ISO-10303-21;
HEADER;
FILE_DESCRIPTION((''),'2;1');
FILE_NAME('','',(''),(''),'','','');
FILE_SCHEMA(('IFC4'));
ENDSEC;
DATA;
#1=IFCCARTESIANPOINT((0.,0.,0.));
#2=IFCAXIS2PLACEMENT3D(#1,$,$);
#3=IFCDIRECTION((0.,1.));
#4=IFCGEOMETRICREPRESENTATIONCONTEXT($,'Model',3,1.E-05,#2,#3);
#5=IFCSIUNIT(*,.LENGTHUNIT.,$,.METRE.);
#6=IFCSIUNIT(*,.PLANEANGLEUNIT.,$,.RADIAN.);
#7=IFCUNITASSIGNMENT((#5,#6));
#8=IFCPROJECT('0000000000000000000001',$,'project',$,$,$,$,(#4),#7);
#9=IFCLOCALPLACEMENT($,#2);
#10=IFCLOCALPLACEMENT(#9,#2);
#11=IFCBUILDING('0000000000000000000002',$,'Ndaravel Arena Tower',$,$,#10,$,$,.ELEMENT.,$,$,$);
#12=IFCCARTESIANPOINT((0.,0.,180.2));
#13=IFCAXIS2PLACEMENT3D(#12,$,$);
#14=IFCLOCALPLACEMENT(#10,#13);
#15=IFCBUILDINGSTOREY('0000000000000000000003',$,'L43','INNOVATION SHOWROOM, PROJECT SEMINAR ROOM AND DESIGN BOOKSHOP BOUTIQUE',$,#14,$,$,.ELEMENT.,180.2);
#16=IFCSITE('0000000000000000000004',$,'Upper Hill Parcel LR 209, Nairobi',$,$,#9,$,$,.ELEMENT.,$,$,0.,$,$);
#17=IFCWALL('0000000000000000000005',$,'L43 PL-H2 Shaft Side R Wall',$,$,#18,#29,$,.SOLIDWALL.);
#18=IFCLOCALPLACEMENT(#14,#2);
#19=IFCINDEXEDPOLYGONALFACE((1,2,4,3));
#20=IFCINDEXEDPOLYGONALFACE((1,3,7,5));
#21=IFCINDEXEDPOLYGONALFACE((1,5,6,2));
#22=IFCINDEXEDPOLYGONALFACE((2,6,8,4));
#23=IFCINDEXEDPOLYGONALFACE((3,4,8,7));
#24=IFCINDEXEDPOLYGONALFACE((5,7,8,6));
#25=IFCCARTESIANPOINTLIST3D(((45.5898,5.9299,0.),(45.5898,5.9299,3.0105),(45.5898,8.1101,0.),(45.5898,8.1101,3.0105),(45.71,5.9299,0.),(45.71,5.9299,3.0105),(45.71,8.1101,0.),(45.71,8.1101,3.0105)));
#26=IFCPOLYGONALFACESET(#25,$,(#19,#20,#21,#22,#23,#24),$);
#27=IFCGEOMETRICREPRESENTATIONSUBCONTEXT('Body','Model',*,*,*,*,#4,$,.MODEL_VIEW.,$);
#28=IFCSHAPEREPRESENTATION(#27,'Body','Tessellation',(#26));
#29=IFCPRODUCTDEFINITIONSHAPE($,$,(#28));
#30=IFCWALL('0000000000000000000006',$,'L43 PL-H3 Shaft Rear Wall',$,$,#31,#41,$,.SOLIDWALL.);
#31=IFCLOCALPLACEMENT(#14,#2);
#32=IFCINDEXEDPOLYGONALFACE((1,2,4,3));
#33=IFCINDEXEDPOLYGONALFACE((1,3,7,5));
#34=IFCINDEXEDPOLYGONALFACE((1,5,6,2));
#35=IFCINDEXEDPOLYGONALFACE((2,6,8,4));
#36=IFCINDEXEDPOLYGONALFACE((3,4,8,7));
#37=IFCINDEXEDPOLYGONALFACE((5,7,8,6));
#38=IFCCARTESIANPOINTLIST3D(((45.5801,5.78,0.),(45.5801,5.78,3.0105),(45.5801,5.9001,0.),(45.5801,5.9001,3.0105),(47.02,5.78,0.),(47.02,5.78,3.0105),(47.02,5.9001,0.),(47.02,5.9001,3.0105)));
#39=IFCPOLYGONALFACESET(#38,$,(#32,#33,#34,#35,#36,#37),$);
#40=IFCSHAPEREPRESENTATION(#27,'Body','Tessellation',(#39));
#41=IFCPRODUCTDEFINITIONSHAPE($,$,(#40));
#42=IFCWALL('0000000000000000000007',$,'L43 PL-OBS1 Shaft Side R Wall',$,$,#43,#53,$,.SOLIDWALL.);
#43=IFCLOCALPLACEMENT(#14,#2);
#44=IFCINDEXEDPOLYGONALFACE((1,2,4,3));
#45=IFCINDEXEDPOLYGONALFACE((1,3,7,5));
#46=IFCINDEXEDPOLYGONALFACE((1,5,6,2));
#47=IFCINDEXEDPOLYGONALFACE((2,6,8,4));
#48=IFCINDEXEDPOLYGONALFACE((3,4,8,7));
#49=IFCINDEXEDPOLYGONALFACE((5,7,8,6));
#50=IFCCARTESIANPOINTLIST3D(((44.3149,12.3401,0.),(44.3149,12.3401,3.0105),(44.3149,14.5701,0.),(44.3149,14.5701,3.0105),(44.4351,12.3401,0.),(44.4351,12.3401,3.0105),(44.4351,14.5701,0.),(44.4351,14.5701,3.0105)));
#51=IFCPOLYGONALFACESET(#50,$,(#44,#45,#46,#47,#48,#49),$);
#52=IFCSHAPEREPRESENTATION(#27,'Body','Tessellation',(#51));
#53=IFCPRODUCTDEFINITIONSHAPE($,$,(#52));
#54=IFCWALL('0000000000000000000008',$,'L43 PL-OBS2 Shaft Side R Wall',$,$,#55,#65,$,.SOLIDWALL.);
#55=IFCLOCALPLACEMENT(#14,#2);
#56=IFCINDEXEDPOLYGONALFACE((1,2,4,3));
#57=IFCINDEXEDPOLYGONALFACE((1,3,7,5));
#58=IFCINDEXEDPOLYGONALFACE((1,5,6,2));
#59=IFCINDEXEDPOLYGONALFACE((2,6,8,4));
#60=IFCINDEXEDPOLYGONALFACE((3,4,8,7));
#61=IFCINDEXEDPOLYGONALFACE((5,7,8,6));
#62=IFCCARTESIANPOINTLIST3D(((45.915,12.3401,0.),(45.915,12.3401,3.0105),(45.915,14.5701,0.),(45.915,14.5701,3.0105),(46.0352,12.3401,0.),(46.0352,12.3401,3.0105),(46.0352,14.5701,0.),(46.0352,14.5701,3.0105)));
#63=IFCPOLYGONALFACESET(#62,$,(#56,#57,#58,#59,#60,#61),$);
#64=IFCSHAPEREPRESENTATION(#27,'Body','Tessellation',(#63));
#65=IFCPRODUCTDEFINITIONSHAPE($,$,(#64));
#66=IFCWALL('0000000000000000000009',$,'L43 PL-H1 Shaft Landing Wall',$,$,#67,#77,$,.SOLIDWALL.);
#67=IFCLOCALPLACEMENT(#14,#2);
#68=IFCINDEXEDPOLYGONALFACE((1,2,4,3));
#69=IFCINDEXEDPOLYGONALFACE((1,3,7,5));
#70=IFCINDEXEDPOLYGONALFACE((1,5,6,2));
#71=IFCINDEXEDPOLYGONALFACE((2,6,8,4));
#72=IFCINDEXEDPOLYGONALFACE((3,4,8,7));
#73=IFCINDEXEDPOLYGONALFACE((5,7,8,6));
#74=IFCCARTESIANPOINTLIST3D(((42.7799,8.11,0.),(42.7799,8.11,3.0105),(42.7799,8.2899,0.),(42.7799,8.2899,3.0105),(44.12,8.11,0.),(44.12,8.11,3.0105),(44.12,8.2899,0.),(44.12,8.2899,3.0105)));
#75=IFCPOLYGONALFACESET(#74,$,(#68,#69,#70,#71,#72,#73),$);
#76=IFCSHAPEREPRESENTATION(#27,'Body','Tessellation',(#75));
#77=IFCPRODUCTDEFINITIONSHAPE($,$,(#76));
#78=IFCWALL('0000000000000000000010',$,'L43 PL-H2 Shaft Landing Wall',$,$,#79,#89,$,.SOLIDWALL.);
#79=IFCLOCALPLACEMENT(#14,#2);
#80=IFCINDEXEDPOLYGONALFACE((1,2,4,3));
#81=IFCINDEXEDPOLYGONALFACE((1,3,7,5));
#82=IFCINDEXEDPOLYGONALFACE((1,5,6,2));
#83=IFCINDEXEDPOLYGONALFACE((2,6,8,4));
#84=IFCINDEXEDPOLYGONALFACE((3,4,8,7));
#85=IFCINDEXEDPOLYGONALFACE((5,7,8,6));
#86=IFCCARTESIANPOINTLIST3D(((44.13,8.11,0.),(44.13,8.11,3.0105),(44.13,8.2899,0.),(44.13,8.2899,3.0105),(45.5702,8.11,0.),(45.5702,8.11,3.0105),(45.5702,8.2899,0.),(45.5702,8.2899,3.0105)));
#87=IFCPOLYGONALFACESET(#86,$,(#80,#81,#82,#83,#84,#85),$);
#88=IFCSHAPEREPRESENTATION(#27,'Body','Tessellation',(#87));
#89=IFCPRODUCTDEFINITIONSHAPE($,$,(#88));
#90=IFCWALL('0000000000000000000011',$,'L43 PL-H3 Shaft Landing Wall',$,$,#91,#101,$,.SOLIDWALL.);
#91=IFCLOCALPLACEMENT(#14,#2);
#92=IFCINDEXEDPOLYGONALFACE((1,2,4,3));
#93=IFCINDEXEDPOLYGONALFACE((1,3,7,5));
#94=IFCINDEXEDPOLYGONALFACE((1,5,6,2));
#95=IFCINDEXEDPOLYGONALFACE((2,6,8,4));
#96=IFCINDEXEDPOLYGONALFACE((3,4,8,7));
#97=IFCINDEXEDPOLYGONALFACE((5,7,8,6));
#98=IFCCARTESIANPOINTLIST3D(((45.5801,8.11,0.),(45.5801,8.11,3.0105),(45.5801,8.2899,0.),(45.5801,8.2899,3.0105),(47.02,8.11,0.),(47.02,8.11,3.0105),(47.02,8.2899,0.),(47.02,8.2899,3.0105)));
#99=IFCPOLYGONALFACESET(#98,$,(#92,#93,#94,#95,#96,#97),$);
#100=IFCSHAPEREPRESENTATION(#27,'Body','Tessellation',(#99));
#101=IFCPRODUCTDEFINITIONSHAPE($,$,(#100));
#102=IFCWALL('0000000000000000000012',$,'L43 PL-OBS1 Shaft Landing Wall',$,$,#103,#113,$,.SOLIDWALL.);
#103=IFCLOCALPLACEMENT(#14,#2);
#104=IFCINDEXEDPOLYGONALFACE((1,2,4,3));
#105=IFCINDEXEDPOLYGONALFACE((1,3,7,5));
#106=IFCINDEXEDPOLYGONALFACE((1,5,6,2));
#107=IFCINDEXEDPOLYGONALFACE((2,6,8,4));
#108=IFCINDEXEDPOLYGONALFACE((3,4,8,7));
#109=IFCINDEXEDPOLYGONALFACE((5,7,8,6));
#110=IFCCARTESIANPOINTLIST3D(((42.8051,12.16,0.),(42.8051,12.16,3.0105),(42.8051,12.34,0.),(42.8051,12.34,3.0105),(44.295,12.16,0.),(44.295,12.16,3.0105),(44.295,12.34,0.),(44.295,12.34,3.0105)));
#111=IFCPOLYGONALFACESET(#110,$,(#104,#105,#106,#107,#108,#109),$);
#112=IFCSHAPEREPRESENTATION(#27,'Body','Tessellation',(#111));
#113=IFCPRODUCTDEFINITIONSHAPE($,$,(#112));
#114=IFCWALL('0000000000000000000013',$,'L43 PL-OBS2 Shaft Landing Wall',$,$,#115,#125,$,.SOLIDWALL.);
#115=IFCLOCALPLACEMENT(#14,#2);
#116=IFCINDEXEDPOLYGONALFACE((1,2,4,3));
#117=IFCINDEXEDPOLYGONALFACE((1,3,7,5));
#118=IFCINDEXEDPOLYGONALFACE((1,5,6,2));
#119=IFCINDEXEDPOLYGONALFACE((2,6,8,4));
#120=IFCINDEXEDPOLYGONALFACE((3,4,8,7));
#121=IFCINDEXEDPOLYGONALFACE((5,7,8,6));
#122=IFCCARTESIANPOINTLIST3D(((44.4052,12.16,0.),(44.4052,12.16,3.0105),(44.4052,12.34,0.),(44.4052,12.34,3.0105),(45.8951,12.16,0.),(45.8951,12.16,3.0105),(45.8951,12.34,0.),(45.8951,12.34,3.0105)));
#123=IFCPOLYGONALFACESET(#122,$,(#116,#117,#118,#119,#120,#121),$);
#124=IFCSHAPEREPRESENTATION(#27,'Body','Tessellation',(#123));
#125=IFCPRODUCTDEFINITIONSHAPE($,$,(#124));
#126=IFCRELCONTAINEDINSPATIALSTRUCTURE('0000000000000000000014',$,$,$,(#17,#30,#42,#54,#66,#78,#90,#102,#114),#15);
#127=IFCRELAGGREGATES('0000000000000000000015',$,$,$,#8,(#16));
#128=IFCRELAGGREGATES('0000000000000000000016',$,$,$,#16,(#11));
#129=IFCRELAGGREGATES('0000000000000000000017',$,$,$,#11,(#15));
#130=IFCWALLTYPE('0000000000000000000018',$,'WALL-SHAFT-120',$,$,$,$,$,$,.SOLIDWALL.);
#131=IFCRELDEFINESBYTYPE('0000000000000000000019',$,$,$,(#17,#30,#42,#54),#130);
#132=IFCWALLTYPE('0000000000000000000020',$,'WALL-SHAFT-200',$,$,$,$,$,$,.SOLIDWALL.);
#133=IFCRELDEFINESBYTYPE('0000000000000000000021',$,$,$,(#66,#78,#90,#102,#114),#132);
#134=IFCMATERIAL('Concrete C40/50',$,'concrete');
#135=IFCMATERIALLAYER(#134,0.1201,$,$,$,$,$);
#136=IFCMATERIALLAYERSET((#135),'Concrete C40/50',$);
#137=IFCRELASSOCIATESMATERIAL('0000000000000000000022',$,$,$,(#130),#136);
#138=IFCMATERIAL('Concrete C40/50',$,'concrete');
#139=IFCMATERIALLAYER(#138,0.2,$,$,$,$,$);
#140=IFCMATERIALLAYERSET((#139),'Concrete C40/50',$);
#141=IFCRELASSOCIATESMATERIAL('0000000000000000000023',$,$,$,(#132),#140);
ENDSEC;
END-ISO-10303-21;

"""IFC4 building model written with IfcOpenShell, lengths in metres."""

from ifc_helpers import new_model, si_unit, direction, frame, frame_2d, origin, place, context, subcontext, project, spatial, rectangle, extrude, material, layer, layer_set, type_object, element, save


model = new_model("IFC4")

# Units and contexts
model_context = context("Model", 3, precision=1e-05, world=origin(), true_north=direction((0.0, 1.0)))
body_context = subcontext(model_context, "Body", "Model", "MODEL_VIEW")
ifc_project = project(units=[si_unit("LENGTHUNIT", "METRE"), si_unit("PLANEANGLEUNIT", "RADIAN")], contexts=[model_context])

# Site, building, storey
site_placement = place(None, origin())
site = spatial("IfcSite", under=ifc_project, at=site_placement, Name="Upper Hill Parcel LR 209, Nairobi", CompositionType="ELEMENT", RefElevation=0.0)
building_placement = place(site_placement, origin())
building = spatial("IfcBuilding", under=site, at=building_placement, Name="Ndaravel Arena Tower", CompositionType="ELEMENT")
storey_placement = place(building_placement, frame((0.0, 0.0, 180.2)))
storey = spatial("IfcBuildingStorey", under=building, at=storey_placement, Name="L43", Description="INNOVATION SHOWROOM, PROJECT SEMINAR ROOM AND DESIGN BOOKSHOP BOUTIQUE", CompositionType="ELEMENT", Elevation=180.2)

# Walls
ifc_material_1 = material(Name="Concrete C40/50", Category="concrete")
ifc_layer_1 = layer(ifc_material_1, 0.1201)
ifc_layer_set_1 = layer_set([ifc_layer_1], Name="Concrete C40/50")
wall_type_1 = type_object("IfcWallType", Name="WALL-SHAFT-120", PredefinedType="SOLIDWALL", material=ifc_layer_set_1)
wall_1_placement = place(storey_placement, frame((45.6499, 5.9299, 0.0), z_axis=(0.0, 0.0, 1.0), x_axis=(0.0, 1.0, 0.0)))
element("IfcWall", 1, at=wall_1_placement, inside=storey, type_object=wall_type_1, Name="L43 PL-H2 Shaft Side R Wall", PredefinedType="SOLIDWALL", context=body_context, shape_type="SweptSolid", body=[
    extrude(rectangle(XDim=2.1802, YDim=0.1201, at=frame_2d((1.0901, 0.0))), origin(), (0.0, 0.0, 1.0), 3.0105),
])
wall_2_placement = place(storey_placement, frame((45.5801, 5.8401, 0.0), z_axis=(0.0, 0.0, 1.0), x_axis=(1.0, 0.0, 0.0)))
element("IfcWall", 2, at=wall_2_placement, inside=storey, type_object=wall_type_1, Name="L43 PL-H3 Shaft Rear Wall", PredefinedType="SOLIDWALL", context=body_context, shape_type="SweptSolid", body=[
    extrude(rectangle(XDim=1.4399, YDim=0.1201, at=frame_2d((0.72, 0.0))), origin(), (0.0, 0.0, 1.0), 3.0105),
])
for number, where, z_axis, x_axis, name in (
    (3, (44.375, 12.3401, 0.0), (0.0, 0.0, 1.0), (0.0, 1.0, 0.0), "L43 PL-OBS1 Shaft Side R Wall"),
    (4, (45.9751, 12.3401, 0.0), (0.0, 0.0, 1.0), (0.0, 1.0, 0.0), "L43 PL-OBS2 Shaft Side R Wall"),
):
    element("IfcWall", number, at=place(storey_placement, frame(where, z_axis=z_axis, x_axis=x_axis)), inside=storey, type_object=wall_type_1, Name=name, PredefinedType="SOLIDWALL", context=body_context, shape_type="SweptSolid", body=[
        extrude(rectangle(XDim=2.23, YDim=0.1201, at=frame_2d((1.115, 0.0))), origin(), (0.0, 0.0, 1.0), 3.0105),
    ])
ifc_material_2 = material(Name="Concrete C40/50", Category="concrete")
ifc_layer_2 = layer(ifc_material_2, 0.2)
ifc_layer_set_2 = layer_set([ifc_layer_2], Name="Concrete C40/50")
wall_type_2 = type_object("IfcWallType", Name="WALL-SHAFT-200", PredefinedType="SOLIDWALL", material=ifc_layer_set_2)
wall_3_placement = place(storey_placement, frame((42.78, 8.2, 0.0), z_axis=(0.0, 0.0, 1.0), x_axis=(1.0, 0.0, 0.0)))
element("IfcWall", 5, at=wall_3_placement, inside=storey, type_object=wall_type_2, Name="L43 PL-H1 Shaft Landing Wall", PredefinedType="SOLIDWALL", context=body_context, shape_type="SweptSolid", body=[
    extrude(rectangle(XDim=1.3401, YDim=0.1799, at=frame_2d((0.6699, 0.0))), origin(), (0.0, 0.0, 1.0), 3.0105),
])
wall_4_placement = place(storey_placement, frame((44.1299, 8.2, 0.0), z_axis=(0.0, 0.0, 1.0), x_axis=(1.0, 0.0, 0.0)))
element("IfcWall", 6, at=wall_4_placement, inside=storey, type_object=wall_type_2, Name="L43 PL-H2 Shaft Landing Wall", PredefinedType="SOLIDWALL", context=body_context, shape_type="SweptSolid", body=[
    extrude(rectangle(XDim=1.4402, YDim=0.1799, at=frame_2d((0.7202, 0.0))), origin(), (0.0, 0.0, 1.0), 3.0105),
])
wall_5_placement = place(storey_placement, frame((45.5801, 8.2, 0.0), z_axis=(0.0, 0.0, 1.0), x_axis=(1.0, 0.0, 0.0)))
element("IfcWall", 7, at=wall_5_placement, inside=storey, type_object=wall_type_2, Name="L43 PL-H3 Shaft Landing Wall", PredefinedType="SOLIDWALL", context=body_context, shape_type="SweptSolid", body=[
    extrude(rectangle(XDim=1.4399, YDim=0.1799, at=frame_2d((0.72, 0.0))), origin(), (0.0, 0.0, 1.0), 3.0105),
])
for number, where, z_axis, x_axis, name in (
    (8, (42.8049, 12.25, 0.0), (0.0, 0.0, 1.0), (1.0, 0.0, 0.0), "L43 PL-OBS1 Shaft Landing Wall"),
    (9, (44.405, 12.25, 0.0), (0.0, 0.0, 1.0), (1.0, 0.0, 0.0), "L43 PL-OBS2 Shaft Landing Wall"),
):
    element("IfcWall", number, at=place(storey_placement, frame(where, z_axis=z_axis, x_axis=x_axis)), inside=storey, type_object=wall_type_2, Name=name, PredefinedType="SOLIDWALL", context=body_context, shape_type="SweptSolid", body=[
        extrude(rectangle(XDim=1.49, YDim=0.1799, at=frame_2d((0.7451, 0.0))), origin(), (0.0, 0.0, 1.0), 3.0105),
    ])

save(model, "model.ifc")
